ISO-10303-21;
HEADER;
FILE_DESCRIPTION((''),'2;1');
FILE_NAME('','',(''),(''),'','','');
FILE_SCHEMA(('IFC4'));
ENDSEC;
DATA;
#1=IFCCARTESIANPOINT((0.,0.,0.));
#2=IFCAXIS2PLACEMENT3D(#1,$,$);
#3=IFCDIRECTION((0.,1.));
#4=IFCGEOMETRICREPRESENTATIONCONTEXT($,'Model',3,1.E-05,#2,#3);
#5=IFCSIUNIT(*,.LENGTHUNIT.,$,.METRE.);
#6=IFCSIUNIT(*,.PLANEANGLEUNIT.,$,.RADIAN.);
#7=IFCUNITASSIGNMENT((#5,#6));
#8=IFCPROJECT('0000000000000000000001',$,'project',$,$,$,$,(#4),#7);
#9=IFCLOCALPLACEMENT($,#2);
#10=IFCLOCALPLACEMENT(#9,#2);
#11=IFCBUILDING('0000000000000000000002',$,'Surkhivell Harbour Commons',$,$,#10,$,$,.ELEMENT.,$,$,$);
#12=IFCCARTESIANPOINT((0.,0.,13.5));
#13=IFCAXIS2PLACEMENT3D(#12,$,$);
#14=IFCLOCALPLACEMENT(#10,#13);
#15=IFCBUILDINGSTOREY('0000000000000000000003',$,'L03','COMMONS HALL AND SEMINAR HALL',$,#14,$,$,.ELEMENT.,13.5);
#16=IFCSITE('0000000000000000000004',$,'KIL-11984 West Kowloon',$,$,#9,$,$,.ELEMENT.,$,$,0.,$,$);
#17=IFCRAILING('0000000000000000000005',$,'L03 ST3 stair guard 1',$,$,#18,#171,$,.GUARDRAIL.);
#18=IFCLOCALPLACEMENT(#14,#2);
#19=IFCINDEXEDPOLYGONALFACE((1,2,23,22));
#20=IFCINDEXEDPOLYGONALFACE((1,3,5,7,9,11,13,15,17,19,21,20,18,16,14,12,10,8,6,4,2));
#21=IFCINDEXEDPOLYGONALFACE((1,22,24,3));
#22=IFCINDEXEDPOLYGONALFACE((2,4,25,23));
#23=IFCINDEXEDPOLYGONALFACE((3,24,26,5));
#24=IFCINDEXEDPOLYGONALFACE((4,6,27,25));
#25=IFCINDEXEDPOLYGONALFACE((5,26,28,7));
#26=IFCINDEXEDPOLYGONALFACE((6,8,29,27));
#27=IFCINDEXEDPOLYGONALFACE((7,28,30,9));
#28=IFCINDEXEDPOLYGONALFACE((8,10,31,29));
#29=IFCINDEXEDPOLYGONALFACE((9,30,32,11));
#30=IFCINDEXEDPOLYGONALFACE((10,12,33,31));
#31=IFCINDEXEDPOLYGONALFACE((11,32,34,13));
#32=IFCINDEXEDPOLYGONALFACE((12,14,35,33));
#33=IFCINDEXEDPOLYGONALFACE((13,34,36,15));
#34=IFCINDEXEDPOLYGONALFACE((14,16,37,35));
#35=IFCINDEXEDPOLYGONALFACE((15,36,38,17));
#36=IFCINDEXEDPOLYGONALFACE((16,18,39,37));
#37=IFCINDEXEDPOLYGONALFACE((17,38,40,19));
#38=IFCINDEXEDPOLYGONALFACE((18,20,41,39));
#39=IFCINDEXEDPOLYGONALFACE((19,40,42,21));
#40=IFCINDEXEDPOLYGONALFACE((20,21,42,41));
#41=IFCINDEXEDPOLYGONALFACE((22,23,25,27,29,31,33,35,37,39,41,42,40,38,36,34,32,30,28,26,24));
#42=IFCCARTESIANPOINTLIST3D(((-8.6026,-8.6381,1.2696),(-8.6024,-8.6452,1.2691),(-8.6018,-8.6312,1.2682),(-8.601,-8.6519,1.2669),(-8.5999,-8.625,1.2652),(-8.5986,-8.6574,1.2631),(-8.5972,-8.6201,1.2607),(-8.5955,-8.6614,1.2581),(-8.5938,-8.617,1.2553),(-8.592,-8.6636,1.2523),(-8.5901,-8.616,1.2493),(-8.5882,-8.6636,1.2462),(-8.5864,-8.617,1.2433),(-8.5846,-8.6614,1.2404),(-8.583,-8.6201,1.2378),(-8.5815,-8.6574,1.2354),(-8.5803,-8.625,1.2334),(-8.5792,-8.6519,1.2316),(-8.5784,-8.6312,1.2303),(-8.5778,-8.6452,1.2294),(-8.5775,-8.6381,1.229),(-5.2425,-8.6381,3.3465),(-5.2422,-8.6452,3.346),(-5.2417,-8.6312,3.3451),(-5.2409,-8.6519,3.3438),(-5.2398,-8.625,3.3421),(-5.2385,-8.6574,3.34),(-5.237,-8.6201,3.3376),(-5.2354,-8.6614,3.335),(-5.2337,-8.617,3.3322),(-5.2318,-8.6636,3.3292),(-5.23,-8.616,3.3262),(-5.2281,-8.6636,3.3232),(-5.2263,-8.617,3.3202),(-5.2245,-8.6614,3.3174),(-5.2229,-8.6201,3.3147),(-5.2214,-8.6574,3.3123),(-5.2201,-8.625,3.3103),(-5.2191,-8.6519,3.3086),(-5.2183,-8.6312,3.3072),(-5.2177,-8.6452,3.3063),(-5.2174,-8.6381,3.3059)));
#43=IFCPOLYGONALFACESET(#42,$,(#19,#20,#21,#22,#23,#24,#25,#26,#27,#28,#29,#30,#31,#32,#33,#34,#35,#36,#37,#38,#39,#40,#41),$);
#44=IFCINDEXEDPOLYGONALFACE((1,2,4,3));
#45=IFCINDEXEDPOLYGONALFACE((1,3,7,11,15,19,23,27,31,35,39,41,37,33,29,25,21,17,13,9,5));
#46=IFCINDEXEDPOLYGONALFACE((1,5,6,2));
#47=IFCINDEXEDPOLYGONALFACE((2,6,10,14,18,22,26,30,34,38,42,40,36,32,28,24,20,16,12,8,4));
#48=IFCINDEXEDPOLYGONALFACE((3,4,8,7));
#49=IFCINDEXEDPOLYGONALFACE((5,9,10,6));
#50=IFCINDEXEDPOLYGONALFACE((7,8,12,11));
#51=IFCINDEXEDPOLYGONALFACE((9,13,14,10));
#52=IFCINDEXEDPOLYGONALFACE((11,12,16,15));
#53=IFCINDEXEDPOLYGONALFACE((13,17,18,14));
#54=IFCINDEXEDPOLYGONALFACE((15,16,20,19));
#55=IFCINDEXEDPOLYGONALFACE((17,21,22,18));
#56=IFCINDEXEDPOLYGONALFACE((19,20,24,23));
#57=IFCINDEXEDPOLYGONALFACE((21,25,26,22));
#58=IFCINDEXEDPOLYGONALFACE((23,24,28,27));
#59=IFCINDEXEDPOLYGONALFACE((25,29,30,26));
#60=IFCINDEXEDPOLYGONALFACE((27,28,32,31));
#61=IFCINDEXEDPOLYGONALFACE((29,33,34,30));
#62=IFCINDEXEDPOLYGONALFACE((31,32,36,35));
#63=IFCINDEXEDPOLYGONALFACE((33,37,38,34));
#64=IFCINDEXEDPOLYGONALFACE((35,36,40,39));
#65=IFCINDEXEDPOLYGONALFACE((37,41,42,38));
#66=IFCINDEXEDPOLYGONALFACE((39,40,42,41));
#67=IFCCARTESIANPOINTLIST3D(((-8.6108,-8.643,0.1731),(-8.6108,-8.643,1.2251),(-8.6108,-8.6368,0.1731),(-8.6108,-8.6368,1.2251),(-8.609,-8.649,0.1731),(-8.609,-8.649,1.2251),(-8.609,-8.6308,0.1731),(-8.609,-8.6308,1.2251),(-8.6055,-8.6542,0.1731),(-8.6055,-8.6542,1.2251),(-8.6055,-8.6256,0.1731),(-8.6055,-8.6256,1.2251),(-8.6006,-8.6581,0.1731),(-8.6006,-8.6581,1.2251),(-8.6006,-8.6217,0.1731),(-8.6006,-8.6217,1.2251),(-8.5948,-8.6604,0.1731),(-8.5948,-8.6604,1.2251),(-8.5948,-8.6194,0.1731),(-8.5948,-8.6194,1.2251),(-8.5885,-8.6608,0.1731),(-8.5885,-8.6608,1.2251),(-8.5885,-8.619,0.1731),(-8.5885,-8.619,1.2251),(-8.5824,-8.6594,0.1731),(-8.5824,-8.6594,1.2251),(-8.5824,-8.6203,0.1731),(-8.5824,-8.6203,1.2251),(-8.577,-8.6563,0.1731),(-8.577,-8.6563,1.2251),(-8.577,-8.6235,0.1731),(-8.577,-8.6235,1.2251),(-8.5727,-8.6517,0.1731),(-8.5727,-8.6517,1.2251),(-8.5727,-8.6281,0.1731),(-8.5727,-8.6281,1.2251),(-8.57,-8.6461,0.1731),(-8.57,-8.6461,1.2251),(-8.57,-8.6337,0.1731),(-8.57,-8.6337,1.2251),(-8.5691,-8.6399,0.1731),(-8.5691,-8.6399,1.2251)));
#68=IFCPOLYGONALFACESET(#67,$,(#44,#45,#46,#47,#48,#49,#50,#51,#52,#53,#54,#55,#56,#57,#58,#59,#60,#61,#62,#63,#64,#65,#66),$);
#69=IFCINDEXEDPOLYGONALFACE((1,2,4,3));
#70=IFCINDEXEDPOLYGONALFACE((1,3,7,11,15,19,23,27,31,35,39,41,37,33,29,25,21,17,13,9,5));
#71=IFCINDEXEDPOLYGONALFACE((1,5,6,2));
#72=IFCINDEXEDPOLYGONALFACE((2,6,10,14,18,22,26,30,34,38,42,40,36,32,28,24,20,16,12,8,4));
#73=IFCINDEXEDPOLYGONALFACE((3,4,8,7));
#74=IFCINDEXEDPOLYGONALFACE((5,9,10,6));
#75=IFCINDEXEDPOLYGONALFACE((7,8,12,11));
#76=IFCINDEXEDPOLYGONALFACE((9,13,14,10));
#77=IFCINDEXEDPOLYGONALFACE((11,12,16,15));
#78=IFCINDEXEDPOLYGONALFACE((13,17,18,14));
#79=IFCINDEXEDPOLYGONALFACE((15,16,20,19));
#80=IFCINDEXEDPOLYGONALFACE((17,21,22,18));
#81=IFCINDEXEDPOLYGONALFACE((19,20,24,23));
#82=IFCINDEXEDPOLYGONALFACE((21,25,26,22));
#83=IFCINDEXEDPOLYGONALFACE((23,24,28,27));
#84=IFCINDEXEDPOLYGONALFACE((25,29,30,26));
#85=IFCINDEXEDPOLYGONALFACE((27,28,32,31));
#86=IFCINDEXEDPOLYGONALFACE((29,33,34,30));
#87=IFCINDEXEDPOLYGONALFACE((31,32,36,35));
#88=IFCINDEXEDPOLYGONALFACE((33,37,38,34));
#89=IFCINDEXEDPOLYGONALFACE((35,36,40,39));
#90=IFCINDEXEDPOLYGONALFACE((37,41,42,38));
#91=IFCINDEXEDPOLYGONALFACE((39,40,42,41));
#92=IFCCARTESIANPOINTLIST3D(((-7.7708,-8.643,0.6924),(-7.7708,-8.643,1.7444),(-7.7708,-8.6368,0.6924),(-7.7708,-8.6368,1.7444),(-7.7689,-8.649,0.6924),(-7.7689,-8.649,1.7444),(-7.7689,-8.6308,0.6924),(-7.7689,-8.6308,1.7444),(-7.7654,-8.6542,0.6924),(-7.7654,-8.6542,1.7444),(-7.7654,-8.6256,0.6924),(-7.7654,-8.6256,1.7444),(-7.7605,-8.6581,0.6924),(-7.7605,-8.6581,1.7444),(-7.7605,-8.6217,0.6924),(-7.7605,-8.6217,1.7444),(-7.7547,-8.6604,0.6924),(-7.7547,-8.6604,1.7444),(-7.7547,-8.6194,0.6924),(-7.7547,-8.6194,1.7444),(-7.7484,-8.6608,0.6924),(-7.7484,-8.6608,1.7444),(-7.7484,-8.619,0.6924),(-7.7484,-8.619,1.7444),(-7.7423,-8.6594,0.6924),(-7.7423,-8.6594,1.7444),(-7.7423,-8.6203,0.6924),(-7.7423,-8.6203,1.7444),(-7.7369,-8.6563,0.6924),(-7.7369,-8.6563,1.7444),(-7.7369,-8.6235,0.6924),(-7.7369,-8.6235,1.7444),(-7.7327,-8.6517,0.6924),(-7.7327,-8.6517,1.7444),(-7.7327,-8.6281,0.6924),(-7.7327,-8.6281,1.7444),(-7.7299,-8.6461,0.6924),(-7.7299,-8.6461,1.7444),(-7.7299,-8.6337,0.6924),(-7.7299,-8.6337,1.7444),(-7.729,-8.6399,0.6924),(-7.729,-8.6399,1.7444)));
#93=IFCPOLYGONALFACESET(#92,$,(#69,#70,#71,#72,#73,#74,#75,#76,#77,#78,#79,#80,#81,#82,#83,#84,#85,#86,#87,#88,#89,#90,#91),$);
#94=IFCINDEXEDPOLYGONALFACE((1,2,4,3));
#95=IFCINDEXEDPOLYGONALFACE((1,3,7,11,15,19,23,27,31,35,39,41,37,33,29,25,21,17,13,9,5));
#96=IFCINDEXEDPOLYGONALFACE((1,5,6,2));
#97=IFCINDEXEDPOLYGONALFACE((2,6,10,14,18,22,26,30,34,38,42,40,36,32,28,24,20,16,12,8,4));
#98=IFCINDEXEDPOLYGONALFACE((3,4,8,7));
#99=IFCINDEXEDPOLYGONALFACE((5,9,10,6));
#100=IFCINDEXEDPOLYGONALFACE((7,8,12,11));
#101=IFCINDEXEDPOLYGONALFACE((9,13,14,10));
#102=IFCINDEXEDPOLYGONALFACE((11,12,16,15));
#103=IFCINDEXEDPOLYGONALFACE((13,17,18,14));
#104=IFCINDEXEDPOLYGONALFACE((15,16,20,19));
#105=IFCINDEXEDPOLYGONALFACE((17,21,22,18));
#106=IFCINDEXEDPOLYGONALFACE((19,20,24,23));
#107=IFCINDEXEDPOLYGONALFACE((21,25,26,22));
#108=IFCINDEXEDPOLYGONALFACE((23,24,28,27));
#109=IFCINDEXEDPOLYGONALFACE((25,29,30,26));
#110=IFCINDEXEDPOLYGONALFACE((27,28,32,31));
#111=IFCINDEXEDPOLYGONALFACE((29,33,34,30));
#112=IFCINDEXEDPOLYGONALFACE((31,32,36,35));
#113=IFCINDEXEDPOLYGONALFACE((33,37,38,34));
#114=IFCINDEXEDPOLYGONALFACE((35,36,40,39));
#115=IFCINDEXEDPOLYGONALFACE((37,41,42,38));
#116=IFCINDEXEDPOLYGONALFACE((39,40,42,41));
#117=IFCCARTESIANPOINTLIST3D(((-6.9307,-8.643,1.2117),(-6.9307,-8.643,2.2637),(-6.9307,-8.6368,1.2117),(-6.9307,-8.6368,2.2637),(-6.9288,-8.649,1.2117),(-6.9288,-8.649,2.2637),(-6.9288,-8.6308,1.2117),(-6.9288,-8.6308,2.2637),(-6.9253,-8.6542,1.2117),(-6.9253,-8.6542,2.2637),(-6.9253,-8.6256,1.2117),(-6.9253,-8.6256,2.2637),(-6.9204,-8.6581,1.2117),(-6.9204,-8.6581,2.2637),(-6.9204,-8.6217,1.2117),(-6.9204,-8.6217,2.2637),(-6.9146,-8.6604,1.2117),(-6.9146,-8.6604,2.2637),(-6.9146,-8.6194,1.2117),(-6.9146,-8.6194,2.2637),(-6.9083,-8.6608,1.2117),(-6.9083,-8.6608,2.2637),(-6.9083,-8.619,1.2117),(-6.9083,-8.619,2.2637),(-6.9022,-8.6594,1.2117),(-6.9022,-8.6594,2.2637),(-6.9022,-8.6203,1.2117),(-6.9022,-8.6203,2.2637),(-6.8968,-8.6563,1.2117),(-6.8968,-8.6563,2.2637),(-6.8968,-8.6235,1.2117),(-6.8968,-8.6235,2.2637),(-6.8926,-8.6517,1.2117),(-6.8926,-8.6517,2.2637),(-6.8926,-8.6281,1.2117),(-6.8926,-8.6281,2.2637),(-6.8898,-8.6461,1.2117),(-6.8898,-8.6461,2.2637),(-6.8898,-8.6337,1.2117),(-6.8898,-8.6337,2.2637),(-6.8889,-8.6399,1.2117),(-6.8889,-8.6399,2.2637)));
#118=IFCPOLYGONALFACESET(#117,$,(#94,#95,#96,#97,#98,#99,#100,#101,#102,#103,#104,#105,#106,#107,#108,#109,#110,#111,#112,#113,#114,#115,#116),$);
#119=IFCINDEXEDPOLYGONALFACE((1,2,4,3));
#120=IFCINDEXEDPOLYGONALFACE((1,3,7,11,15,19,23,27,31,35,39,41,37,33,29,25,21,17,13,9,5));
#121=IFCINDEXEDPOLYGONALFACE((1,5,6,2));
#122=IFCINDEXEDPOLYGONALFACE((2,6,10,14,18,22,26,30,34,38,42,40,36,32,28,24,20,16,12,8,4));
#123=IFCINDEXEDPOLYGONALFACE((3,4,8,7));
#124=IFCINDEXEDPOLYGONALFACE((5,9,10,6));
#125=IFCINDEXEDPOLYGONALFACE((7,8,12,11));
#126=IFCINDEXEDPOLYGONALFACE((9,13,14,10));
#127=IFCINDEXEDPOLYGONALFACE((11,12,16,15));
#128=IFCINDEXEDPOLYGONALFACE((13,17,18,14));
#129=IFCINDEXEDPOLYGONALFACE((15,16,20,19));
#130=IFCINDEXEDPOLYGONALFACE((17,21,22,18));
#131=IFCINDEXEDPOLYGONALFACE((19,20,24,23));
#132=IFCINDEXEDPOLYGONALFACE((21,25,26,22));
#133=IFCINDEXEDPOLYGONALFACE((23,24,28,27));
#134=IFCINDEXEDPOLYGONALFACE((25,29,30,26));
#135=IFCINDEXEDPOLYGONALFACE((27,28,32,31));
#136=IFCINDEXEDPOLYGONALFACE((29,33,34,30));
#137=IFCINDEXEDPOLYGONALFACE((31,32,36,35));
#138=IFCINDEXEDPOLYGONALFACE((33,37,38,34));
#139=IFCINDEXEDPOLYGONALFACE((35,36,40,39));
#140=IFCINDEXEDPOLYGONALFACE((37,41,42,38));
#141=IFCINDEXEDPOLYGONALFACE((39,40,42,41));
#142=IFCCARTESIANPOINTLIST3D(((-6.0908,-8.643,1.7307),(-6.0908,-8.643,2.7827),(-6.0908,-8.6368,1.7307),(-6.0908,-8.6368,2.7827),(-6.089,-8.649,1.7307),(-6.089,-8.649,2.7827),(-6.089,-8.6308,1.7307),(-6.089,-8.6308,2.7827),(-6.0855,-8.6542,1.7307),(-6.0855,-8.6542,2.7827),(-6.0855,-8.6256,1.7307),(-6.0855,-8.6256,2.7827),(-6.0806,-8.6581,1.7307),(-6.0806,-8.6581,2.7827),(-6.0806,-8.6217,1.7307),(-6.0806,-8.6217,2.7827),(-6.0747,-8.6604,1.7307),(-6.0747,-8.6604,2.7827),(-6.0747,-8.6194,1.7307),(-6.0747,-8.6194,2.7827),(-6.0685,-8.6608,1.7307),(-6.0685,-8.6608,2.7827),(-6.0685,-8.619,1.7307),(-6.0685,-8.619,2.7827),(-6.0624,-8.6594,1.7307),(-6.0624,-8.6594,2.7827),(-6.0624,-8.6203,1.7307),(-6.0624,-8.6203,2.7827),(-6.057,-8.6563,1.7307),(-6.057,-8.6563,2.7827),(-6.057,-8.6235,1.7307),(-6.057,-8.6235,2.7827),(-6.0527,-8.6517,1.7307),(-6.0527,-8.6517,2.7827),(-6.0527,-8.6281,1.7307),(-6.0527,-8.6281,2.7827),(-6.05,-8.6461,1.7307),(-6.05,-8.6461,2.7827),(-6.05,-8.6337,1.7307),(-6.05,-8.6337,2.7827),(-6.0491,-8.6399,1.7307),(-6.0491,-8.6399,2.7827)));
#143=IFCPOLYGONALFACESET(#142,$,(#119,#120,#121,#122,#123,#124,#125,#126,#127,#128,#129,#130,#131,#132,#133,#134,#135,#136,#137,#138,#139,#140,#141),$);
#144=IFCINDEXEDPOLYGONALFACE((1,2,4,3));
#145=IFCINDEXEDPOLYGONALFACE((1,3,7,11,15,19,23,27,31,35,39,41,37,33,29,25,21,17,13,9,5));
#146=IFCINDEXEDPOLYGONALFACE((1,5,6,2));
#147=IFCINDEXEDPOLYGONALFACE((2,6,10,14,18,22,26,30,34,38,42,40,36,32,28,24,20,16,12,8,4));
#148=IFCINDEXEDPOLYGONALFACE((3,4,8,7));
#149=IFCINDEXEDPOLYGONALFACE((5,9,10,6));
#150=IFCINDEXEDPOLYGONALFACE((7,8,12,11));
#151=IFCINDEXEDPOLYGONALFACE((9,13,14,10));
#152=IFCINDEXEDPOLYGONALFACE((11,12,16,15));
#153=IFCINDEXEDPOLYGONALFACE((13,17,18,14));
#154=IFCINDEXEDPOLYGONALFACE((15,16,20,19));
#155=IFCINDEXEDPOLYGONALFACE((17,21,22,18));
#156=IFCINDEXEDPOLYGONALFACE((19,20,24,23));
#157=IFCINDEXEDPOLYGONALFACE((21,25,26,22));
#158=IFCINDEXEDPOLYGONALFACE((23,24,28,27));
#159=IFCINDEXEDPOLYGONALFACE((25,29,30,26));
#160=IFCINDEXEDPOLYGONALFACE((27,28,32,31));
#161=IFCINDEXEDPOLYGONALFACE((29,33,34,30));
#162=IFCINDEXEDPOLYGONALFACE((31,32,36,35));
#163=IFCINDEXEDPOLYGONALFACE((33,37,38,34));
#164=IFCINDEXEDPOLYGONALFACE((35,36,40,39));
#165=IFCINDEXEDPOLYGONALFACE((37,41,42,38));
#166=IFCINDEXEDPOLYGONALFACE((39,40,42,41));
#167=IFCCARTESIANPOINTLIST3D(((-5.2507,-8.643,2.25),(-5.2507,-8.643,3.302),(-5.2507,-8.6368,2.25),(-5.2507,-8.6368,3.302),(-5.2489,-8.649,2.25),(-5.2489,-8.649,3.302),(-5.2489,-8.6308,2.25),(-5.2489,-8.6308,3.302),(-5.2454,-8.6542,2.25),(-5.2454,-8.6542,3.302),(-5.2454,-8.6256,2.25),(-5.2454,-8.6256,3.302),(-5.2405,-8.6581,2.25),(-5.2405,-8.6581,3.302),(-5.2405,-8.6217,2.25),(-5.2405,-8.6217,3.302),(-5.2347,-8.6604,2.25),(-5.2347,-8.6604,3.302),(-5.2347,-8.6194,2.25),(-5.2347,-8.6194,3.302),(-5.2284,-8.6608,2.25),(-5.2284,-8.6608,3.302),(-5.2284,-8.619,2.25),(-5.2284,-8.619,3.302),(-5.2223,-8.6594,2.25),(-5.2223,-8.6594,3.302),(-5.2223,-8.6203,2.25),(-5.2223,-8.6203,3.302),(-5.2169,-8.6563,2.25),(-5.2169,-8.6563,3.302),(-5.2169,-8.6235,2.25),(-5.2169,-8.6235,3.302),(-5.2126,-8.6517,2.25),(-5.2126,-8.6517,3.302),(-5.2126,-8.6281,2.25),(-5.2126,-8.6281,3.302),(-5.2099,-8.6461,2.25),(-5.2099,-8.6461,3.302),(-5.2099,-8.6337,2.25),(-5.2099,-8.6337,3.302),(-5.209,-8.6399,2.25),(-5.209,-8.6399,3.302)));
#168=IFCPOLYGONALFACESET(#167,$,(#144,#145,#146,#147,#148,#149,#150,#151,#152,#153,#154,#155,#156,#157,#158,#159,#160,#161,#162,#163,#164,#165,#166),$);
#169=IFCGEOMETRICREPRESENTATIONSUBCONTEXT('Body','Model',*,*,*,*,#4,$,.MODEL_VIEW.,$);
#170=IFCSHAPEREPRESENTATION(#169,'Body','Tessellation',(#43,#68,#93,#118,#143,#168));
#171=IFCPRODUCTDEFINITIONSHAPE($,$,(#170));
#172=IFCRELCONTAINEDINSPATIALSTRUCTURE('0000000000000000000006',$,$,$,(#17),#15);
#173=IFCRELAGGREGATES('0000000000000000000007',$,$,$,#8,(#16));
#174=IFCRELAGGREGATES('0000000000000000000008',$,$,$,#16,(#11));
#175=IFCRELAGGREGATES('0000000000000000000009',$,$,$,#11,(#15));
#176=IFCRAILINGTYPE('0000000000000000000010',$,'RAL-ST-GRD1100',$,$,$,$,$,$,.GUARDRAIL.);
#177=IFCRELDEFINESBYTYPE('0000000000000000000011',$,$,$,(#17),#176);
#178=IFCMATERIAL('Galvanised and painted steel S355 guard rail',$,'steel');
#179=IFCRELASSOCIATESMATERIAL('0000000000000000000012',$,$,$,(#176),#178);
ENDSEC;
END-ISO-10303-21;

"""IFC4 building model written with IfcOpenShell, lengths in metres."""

from ifc_helpers import new_model, si_unit, direction, frame, origin, origin_2d, place, context, subcontext, project, spatial, circle, extrude, material, type_object, element, save


model = new_model("IFC4")

# Units and contexts
model_context = context("Model", 3, precision=1e-05, world=origin(), true_north=direction((0.0, 1.0)))
body_context = subcontext(model_context, "Body", "Model", "MODEL_VIEW")
ifc_project = project(units=[si_unit("LENGTHUNIT", "METRE"), si_unit("PLANEANGLEUNIT", "RADIAN")], contexts=[model_context])

# Site, building, storey
site_placement = place(None, origin())
site = spatial("IfcSite", under=ifc_project, at=site_placement, Name="KIL-11984 West Kowloon", CompositionType="ELEMENT", RefElevation=0.0)
building_placement = place(site_placement, origin())
building = spatial("IfcBuilding", under=site, at=building_placement, Name="Surkhivell Harbour Commons", CompositionType="ELEMENT")
storey_placement = place(building_placement, frame((0.0, 0.0, 13.5)))
storey = spatial("IfcBuildingStorey", under=building, at=storey_placement, Name="L03", Description="COMMONS HALL AND SEMINAR HALL", CompositionType="ELEMENT", Elevation=13.5)

# Railing
ifc_material_1 = material(Name="Galvanised and painted steel S355 guard rail", Category="steel")
railing_type_1 = type_object("IfcRailingType", Name="RAL-ST-GRD1100", PredefinedType="GUARDRAIL", material=ifc_material_1)
railing_1_placement = place(storey_placement, frame((-8.5901, -8.6399, 0.1731)))
element("IfcRailing", 1, at=railing_1_placement, inside=storey, type_object=railing_type_1, Name="L03 ST3 stair guard 1", PredefinedType="GUARDRAIL", context=body_context, shape_type="SweptSolid", body=[
    extrude(circle(Radius=0.0239, at=origin_2d()), frame((0.0, 0.0, 1.0762), z_axis=(0.850623, 0.0, 0.525776), x_axis=(0.0, 1.0, 0.0)), (0.0, 0.0, 1.0), 3.9502),
    extrude(circle(Radius=0.021, at=origin_2d()), origin(), (0.0, 0.0, 1.0), 1.052),
    extrude(circle(Radius=0.021, at=origin_2d()), frame((0.8401, 0.0, 0.5193)), (0.0, 0.0, 1.0), 1.052),
    extrude(circle(Radius=0.021, at=origin_2d()), frame((1.6802, 0.0, 1.0386)), (0.0, 0.0, 1.0), 1.052),
    extrude(circle(Radius=0.021, at=origin_2d()), frame((2.52, 0.0, 1.5576)), (0.0, 0.0, 1.0), 1.052),
    extrude(circle(Radius=0.021, at=origin_2d()), frame((3.3601, 0.0, 2.0769)), (0.0, 0.0, 1.0), 1.052),
])

save(model, "model.ifc")
